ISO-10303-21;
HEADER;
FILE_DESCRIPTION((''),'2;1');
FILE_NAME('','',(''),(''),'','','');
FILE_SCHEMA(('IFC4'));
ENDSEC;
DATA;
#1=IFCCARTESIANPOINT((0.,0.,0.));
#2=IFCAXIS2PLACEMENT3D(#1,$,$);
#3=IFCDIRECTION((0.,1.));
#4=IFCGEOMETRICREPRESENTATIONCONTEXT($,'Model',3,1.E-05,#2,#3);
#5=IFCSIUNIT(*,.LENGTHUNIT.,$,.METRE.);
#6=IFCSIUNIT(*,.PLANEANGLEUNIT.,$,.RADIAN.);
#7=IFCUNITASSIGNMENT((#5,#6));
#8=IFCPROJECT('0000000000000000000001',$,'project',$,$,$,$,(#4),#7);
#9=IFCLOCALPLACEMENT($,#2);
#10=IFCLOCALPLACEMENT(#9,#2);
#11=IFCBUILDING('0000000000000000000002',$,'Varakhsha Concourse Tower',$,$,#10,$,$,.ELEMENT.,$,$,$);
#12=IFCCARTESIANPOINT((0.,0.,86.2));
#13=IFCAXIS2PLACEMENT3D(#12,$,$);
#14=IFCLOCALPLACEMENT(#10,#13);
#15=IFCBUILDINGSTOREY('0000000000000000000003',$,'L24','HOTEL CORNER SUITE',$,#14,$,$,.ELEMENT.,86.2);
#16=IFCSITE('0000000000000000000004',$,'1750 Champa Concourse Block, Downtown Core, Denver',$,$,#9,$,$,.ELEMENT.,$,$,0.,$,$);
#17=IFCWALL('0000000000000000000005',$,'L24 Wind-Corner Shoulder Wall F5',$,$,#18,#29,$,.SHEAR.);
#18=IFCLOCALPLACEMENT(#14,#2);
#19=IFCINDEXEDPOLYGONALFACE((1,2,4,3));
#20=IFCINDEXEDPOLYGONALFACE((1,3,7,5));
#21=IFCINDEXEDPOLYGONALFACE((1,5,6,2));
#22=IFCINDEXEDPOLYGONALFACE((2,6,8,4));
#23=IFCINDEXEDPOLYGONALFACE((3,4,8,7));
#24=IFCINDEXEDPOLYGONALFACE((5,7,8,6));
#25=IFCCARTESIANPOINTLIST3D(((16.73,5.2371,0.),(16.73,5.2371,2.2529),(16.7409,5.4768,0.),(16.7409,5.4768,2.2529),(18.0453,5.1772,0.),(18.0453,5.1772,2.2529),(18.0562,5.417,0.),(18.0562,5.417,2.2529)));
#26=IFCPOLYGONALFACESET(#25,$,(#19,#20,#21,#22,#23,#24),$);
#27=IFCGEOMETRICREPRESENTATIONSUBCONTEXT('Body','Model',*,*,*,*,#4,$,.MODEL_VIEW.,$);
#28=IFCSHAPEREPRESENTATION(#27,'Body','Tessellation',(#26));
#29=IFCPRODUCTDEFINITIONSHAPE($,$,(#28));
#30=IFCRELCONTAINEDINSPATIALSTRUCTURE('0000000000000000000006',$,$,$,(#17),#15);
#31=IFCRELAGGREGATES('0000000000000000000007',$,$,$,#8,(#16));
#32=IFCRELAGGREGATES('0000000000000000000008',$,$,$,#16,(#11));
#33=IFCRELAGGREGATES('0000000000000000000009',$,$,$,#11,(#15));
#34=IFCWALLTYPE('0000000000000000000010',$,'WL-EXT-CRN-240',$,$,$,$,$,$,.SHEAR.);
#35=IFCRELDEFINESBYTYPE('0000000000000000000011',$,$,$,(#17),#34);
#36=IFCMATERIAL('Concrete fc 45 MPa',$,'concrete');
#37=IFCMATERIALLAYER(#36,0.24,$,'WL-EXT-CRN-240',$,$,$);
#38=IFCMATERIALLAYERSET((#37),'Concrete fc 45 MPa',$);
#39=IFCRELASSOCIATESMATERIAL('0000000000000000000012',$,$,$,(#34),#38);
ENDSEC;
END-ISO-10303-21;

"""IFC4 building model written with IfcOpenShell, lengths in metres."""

from ifc_helpers import new_model, si_unit, direction, frame, frame_2d, origin, place, context, subcontext, project, spatial, rectangle, extrude, material, layer, layer_set, type_object, element, save


model = new_model("IFC4")

# Units and contexts
model_context = context("Model", 3, precision=1e-05, world=origin(), true_north=direction((0.0, 1.0)))
body_context = subcontext(model_context, "Body", "Model", "MODEL_VIEW")
ifc_project = project(units=[si_unit("LENGTHUNIT", "METRE"), si_unit("PLANEANGLEUNIT", "RADIAN")], contexts=[model_context])

# Site, building, storey
site_placement = place(None, origin())
site = spatial("IfcSite", under=ifc_project, at=site_placement, Name="1750 Champa Concourse Block, Downtown Core, Denver", CompositionType="ELEMENT", RefElevation=0.0)
building_placement = place(site_placement, origin())
building = spatial("IfcBuilding", under=site, at=building_placement, Name="Varakhsha Concourse Tower", CompositionType="ELEMENT")
storey_placement = place(building_placement, frame((0.0, 0.0, 86.2)))
storey = spatial("IfcBuildingStorey", under=building, at=storey_placement, Name="L24", Description="HOTEL CORNER SUITE", CompositionType="ELEMENT", Elevation=86.2)

# Wall
ifc_material_1 = material(Name="Concrete fc 45 MPa", Category="concrete")
ifc_layer_1 = layer(ifc_material_1, 0.24, Name="WL-EXT-CRN-240")
ifc_layer_set_1 = layer_set([ifc_layer_1], Name="Concrete fc 45 MPa")
wall_type = type_object("IfcWallType", Name="WL-EXT-CRN-240", PredefinedType="SHEAR", material=ifc_layer_set_1)
wall_placement = place(storey_placement, frame((16.7356, 5.3569, 0.0), z_axis=(0.0, 0.0, 1.0), x_axis=(0.998967, -0.045433, 0.0)))
element("IfcWall", 1, at=wall_placement, inside=storey, type_object=wall_type, Name="L24 Wind-Corner Shoulder Wall F5", PredefinedType="SHEAR", context=body_context, shape_type="SweptSolid", body=[
    extrude(rectangle(XDim=1.3167, YDim=0.24, at=frame_2d((0.6582, 0.0))), origin(), (0.0, 0.0, 1.0), 2.2529),
])

save(model, "model.ifc")
